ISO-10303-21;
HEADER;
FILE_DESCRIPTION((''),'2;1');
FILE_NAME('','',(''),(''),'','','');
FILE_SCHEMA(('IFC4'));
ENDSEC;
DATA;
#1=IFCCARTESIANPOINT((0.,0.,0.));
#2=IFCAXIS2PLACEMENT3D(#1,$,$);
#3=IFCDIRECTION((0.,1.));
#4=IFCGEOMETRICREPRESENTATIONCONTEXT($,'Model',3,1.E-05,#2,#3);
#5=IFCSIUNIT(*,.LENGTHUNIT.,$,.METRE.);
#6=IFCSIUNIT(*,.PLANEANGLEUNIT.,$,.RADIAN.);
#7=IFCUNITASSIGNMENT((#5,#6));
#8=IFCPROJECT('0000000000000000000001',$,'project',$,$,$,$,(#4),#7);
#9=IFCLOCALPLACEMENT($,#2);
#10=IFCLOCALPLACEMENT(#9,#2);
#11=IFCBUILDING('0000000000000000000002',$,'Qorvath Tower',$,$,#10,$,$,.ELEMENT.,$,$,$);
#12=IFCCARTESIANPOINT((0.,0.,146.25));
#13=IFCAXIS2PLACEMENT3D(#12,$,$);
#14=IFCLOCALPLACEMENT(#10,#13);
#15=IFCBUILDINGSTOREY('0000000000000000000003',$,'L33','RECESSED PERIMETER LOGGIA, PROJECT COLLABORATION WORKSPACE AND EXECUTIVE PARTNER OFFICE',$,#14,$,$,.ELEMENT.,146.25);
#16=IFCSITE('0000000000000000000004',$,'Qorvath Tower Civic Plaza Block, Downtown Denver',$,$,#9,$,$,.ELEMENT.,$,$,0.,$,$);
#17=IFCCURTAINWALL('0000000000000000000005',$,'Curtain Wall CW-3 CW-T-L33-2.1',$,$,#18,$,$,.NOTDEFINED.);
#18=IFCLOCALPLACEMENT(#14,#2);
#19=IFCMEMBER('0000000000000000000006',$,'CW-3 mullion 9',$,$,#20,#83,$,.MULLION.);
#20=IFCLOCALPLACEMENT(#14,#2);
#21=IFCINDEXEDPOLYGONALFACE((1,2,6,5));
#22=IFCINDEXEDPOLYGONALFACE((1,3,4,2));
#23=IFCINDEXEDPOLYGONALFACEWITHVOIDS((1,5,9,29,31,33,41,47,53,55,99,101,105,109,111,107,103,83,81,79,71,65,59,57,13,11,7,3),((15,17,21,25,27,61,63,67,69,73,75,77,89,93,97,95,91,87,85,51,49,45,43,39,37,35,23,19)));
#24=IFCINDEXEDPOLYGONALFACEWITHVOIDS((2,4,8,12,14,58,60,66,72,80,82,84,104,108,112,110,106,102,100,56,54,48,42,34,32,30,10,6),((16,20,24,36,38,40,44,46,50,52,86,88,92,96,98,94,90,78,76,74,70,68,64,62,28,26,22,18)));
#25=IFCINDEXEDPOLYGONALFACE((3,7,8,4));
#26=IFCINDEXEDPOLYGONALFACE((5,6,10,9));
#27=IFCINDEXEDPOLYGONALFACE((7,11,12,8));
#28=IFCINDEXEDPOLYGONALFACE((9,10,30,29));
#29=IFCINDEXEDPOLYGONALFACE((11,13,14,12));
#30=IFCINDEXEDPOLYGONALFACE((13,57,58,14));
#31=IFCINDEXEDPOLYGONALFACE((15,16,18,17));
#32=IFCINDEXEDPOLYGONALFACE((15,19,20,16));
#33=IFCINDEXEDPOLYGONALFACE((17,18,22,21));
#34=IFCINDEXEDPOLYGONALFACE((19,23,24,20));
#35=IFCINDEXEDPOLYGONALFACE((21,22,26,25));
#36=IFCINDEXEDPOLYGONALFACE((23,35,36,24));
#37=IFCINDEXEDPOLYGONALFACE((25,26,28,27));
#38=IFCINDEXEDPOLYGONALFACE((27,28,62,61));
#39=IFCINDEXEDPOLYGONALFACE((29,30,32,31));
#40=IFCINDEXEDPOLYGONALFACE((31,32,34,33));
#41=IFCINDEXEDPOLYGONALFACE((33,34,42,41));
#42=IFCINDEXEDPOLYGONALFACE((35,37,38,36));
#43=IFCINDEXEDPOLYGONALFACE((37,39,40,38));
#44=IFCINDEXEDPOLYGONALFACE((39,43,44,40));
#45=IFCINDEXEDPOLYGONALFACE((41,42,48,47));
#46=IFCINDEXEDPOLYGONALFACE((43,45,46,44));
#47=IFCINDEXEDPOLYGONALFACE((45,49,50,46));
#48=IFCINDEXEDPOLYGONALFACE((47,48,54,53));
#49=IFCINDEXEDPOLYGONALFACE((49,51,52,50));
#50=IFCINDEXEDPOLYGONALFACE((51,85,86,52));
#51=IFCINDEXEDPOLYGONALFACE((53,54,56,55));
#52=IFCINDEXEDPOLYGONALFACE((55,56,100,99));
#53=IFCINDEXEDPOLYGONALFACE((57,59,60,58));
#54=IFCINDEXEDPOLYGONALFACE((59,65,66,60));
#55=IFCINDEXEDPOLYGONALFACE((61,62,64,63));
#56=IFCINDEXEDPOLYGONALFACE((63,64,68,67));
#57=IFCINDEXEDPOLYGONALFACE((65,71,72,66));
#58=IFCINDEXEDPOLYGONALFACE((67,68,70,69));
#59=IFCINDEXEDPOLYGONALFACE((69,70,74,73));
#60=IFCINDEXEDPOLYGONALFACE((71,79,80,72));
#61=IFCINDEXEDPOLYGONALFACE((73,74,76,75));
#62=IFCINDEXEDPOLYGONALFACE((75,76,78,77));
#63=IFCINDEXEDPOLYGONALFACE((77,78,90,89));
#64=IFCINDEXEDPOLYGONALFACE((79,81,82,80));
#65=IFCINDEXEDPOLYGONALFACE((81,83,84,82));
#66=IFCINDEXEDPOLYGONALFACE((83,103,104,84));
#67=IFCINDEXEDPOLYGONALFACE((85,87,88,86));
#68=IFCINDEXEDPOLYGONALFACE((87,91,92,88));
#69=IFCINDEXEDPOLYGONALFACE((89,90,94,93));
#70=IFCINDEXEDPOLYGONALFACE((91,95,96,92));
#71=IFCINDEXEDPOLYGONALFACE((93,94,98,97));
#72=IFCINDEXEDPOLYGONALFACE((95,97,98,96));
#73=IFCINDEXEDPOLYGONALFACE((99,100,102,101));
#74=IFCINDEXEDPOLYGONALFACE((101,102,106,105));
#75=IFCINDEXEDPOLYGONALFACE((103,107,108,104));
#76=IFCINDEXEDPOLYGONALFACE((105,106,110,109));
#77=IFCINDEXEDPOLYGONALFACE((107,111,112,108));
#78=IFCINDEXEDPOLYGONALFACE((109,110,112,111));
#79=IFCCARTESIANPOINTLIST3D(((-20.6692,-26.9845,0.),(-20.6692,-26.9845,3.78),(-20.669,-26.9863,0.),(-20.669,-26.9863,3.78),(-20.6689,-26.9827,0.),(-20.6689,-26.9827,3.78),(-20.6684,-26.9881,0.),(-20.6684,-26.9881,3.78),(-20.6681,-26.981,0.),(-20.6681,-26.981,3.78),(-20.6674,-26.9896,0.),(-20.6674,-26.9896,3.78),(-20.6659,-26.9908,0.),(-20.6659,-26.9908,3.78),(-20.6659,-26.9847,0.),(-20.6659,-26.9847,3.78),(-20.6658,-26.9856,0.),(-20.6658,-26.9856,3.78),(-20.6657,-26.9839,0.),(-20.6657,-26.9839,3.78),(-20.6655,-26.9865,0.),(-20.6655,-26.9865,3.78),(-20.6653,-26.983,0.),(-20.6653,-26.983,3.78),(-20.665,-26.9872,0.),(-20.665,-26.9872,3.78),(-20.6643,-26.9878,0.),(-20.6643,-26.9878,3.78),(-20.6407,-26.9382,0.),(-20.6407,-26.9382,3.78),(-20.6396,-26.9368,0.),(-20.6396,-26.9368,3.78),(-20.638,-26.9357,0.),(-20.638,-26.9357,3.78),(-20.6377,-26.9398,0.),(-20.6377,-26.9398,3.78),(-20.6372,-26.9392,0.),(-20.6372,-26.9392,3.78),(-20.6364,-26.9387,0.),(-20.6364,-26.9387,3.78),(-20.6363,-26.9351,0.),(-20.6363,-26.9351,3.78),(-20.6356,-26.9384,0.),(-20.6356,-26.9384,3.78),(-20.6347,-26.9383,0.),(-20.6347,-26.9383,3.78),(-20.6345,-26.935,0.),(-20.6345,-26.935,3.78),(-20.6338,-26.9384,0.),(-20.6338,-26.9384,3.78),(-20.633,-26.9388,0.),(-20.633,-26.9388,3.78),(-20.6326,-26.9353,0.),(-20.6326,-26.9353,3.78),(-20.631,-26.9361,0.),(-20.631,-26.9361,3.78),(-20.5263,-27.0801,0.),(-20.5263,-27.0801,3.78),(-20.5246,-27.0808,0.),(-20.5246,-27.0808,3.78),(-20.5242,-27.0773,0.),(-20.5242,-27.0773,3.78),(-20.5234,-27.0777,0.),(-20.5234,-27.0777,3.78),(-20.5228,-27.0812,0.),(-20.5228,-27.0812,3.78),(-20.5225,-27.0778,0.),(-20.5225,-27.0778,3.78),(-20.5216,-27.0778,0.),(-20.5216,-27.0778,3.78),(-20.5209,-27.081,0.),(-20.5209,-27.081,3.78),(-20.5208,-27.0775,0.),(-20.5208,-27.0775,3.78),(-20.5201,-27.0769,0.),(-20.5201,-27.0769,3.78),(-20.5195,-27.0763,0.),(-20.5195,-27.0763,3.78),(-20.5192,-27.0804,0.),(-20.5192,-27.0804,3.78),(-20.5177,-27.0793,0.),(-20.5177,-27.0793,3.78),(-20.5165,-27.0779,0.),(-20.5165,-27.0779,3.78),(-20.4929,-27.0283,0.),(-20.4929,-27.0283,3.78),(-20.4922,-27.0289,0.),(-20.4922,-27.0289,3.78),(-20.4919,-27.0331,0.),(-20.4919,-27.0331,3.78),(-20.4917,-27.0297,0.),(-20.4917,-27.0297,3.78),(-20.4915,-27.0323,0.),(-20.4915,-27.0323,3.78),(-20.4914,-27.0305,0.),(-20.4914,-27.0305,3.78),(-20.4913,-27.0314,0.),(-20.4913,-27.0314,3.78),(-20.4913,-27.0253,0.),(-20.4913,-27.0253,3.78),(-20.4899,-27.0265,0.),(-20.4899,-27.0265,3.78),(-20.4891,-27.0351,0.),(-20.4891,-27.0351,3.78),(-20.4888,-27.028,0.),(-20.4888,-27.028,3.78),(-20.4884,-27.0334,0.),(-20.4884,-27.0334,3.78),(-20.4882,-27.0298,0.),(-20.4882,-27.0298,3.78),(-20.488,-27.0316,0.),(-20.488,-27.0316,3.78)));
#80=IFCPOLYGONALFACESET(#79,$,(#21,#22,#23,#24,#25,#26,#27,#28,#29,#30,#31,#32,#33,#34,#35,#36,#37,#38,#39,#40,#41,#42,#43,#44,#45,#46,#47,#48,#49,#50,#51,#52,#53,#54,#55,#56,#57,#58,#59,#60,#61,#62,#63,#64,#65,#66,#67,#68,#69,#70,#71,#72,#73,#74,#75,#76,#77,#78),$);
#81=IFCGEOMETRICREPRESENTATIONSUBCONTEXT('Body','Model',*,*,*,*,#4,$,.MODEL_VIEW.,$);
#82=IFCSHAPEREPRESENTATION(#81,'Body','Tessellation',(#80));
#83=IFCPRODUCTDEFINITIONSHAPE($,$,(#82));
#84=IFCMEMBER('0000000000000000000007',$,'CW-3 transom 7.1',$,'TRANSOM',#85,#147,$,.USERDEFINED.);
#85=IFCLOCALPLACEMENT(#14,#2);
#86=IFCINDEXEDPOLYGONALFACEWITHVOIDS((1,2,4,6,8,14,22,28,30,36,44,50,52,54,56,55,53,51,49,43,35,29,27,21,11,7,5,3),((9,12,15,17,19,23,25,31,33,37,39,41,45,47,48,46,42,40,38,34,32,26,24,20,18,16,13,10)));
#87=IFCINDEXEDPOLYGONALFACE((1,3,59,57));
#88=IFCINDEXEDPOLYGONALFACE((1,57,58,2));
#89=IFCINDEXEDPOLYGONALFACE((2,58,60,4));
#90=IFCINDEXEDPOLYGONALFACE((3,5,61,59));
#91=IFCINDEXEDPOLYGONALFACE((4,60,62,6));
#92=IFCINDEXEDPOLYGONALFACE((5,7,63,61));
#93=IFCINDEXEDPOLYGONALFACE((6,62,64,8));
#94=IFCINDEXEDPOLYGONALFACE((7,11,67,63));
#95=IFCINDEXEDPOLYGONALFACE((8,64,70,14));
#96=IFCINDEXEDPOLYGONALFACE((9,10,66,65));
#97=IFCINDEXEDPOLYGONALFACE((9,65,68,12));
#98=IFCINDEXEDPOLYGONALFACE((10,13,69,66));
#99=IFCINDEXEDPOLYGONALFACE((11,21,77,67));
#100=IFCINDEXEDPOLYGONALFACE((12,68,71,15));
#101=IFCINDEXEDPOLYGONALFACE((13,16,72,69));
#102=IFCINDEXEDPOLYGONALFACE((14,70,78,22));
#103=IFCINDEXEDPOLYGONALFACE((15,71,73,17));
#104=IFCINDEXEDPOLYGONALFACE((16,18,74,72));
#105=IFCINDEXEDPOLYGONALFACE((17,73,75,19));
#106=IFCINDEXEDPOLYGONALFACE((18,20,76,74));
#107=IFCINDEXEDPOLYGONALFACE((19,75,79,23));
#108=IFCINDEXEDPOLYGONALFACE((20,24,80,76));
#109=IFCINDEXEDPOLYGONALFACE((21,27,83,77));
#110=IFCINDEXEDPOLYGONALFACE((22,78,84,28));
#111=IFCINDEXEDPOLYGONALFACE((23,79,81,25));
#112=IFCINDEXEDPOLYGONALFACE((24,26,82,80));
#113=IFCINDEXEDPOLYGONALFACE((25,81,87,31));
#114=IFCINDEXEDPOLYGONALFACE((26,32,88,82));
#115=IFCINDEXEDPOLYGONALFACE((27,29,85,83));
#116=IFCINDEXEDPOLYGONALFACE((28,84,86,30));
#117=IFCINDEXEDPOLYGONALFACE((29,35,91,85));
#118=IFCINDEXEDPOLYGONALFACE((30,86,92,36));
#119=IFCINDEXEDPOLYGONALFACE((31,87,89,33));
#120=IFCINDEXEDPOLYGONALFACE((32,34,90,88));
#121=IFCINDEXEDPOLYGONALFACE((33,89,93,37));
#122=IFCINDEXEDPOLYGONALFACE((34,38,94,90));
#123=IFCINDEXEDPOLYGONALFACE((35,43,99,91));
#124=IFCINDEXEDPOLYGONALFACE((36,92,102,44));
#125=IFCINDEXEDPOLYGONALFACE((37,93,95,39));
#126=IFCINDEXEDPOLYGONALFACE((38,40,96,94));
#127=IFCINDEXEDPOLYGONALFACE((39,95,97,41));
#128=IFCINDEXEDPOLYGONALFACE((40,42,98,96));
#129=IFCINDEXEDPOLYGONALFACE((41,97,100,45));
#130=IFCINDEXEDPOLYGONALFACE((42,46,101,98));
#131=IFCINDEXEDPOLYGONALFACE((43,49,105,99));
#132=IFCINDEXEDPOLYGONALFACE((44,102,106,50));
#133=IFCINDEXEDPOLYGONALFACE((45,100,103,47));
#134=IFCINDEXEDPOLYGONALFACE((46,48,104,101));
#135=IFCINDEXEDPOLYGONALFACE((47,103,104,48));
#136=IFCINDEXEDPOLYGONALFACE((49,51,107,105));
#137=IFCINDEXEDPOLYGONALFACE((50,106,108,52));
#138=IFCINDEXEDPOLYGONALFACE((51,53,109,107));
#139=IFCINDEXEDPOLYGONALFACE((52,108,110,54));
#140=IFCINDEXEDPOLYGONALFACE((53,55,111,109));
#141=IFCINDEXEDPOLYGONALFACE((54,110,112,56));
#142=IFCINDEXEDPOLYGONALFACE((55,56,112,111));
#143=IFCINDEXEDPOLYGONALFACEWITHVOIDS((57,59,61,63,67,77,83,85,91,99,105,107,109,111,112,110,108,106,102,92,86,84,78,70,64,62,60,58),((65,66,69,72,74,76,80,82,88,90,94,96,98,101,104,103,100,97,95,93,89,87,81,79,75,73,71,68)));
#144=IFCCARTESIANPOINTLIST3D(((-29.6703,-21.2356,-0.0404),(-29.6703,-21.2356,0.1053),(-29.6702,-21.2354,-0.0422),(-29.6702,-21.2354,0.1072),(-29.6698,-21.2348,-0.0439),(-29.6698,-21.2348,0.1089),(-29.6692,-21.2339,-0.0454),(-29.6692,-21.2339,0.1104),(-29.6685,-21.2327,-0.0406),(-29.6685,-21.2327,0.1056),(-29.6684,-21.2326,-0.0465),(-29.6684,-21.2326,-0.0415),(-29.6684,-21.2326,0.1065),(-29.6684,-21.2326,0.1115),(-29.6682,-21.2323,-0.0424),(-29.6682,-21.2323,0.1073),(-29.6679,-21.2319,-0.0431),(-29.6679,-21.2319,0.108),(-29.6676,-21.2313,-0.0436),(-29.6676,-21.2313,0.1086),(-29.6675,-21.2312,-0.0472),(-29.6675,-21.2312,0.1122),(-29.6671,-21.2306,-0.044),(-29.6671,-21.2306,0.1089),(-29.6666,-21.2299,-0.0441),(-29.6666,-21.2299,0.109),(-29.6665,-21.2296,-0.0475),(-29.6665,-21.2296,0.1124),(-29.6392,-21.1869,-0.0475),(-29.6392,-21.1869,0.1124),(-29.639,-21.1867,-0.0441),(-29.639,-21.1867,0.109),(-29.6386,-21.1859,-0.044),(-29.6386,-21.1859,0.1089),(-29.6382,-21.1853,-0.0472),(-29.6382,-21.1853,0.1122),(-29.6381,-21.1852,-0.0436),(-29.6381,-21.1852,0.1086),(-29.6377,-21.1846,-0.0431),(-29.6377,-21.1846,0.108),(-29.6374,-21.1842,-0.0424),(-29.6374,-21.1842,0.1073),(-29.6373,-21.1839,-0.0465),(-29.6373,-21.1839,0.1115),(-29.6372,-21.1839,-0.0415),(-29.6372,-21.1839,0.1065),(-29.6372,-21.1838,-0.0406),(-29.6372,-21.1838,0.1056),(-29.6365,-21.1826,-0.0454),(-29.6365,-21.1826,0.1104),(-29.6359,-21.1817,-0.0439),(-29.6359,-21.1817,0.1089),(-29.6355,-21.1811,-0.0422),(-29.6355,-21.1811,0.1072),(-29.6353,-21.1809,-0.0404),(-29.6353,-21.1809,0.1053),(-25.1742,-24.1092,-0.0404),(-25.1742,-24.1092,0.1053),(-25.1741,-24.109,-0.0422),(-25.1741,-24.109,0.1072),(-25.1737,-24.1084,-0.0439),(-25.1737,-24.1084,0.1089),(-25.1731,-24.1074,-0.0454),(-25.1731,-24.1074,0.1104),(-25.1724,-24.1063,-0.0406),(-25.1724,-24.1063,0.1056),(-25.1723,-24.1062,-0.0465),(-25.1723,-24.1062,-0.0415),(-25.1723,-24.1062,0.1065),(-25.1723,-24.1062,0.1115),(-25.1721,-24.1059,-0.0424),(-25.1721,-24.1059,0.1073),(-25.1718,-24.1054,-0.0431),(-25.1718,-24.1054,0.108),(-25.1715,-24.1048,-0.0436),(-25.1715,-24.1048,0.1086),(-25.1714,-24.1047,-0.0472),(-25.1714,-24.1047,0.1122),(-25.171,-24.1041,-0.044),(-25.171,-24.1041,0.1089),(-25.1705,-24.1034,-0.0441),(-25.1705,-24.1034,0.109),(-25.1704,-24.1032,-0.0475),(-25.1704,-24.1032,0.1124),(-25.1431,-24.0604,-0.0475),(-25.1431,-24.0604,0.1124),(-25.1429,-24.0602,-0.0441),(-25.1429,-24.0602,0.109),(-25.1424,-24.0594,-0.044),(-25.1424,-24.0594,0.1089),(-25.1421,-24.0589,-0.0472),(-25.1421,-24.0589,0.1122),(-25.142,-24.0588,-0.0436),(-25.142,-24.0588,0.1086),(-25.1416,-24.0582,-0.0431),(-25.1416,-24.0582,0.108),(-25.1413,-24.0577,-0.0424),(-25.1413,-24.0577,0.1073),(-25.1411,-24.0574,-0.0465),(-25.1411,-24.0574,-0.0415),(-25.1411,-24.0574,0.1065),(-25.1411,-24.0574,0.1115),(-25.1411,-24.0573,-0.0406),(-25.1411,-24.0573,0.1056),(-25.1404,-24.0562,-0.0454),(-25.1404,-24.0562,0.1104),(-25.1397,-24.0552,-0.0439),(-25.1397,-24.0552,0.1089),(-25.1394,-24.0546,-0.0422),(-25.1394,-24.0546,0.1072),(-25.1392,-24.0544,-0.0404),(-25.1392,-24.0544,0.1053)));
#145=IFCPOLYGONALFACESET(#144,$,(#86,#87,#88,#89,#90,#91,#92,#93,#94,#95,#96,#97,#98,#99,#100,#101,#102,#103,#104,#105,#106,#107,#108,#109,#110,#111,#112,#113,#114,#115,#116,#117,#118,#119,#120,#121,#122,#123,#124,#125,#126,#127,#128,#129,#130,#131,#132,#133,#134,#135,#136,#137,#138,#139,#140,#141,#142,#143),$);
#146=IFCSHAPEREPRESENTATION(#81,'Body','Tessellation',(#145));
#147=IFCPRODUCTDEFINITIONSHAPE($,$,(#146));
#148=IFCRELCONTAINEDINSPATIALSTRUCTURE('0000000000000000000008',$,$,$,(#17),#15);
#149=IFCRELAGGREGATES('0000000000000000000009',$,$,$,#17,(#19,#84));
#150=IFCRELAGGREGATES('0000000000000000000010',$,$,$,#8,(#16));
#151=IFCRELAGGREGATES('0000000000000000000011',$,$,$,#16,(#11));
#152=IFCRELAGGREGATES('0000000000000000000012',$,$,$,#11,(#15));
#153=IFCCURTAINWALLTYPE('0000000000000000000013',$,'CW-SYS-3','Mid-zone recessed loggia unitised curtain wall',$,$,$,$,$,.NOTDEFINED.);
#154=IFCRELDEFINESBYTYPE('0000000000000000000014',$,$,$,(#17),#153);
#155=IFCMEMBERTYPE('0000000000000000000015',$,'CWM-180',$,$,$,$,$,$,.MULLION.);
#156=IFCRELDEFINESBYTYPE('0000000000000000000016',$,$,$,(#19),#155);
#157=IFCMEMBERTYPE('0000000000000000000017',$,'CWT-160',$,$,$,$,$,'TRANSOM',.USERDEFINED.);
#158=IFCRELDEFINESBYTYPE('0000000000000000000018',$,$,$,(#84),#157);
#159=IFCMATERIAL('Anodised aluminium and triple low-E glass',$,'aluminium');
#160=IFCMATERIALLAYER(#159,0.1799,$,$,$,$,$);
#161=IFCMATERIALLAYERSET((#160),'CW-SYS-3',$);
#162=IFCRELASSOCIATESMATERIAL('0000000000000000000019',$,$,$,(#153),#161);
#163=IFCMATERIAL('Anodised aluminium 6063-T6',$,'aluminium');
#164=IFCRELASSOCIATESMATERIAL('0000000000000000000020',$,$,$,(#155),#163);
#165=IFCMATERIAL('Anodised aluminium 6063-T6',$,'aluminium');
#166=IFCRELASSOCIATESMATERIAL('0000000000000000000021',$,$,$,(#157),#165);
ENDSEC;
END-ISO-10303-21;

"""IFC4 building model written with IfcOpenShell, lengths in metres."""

from ifc_helpers import new_model, si_unit, direction, frame, origin, origin_2d, place, context, subcontext, project, spatial, hollow_rectangle, extrude, material, layer, layer_set, material_profile, profile_set, type_object, element, aggregate, save


model = new_model("IFC4")

# Units and contexts
model_context = context("Model", 3, precision=1e-05, world=origin(), true_north=direction((0.0, 1.0)))
body_context = subcontext(model_context, "Body", "Model", "MODEL_VIEW")
ifc_project = project(units=[si_unit("LENGTHUNIT", "METRE"), si_unit("PLANEANGLEUNIT", "RADIAN")], contexts=[model_context])

# Site, building, storey
site_placement = place(None, origin())
site = spatial("IfcSite", under=ifc_project, at=site_placement, Name="Qorvath Tower Civic Plaza Block, Downtown Denver", CompositionType="ELEMENT", RefElevation=0.0)
building_placement = place(site_placement, origin())
building = spatial("IfcBuilding", under=site, at=building_placement, Name="Qorvath Tower", CompositionType="ELEMENT")
storey_placement = place(building_placement, frame((0.0, 0.0, 146.25)))
storey = spatial("IfcBuildingStorey", under=building, at=storey_placement, Name="L33", Description="RECESSED PERIMETER LOGGIA, PROJECT COLLABORATION WORKSPACE AND EXECUTIVE PARTNER OFFICE", CompositionType="ELEMENT", Elevation=146.25)

# Curtain wall, members
ifc_material_1 = material(Name="Anodised aluminium and triple low-E glass", Category="aluminium")
ifc_layer_1 = layer(ifc_material_1, 0.1799)
ifc_layer_set_1 = layer_set([ifc_layer_1], Name="CW-SYS-3")
curtain_wall_type = type_object("IfcCurtainWallType", Name="CW-SYS-3", Description="Mid-zone recessed loggia unitised curtain wall", PredefinedType="NOTDEFINED", material=ifc_layer_set_1)
curtain_wall_placement = place(storey_placement, origin())
curtain_wall = element("IfcCurtainWall", 1, at=curtain_wall_placement, inside=storey, type_object=curtain_wall_type, Name="Curtain Wall CW-3 CW-T-L33-2.1", PredefinedType="NOTDEFINED")
ifc_material_2 = material(Name="Anodised aluminium 6063-T6", Category="aluminium")
ifc_material_profile_1 = material_profile(ifc_material_2, hollow_rectangle(XDim=0.0649, YDim=0.1799, WallThickness=0.0034, InnerFilletRadius=0.0034, OuterFilletRadius=0.0071, at=origin_2d()), Name="CWM 180x65")
ifc_profile_set_1 = profile_set([ifc_material_profile_1], Name="Anodised aluminium 6063-T6")
member_type_1 = type_object("IfcMemberType", Name="CWM-180", PredefinedType="MULLION", material=ifc_profile_set_1)
member_1_placement = place(storey_placement, frame((-20.5786, -27.0081, 0.0), z_axis=(0.0, 0.0, 1.0), x_axis=(0.538533, 0.842604, 0.0)))
member_1 = element("IfcMember", 2, at=member_1_placement, type_object=member_type_1, Name="CW-3 mullion 9", PredefinedType="MULLION", context=body_context, shape_type="SweptSolid", body=[
    extrude(hollow_rectangle(XDim=0.0649, YDim=0.1799, WallThickness=0.0034, InnerFilletRadius=0.0034, OuterFilletRadius=0.0071, at=origin_2d()), origin(), (0.0, 0.0, 1.0), 3.78),
])
ifc_material_3 = material(Name="Anodised aluminium 6063-T6", Category="aluminium")
ifc_material_profile_2 = material_profile(ifc_material_3, hollow_rectangle(XDim=0.0649, YDim=0.1599, WallThickness=0.0034, InnerFilletRadius=0.0034, OuterFilletRadius=0.0071, at=origin_2d()), Name="CWT 160x65")
ifc_profile_set_2 = profile_set([ifc_material_profile_2], Name="Anodised aluminium 6063-T6")
member_type_2 = type_object("IfcMemberType", Name="CWT-160", ElementType="TRANSOM", PredefinedType="USERDEFINED", material=ifc_profile_set_2)
member_2_placement = place(storey_placement, frame((-29.6528, -21.2083, 0.0325), z_axis=(0.842609, -0.538526, 0.0), x_axis=(0.538526, 0.842609, 0.0)))
member_2 = element("IfcMember", 3, at=member_2_placement, type_object=member_type_2, Name="CW-3 transom 7.1", ObjectType="TRANSOM", PredefinedType="USERDEFINED", context=body_context, shape_type="SweptSolid", body=[
    extrude(hollow_rectangle(XDim=0.0649, YDim=0.1599, WallThickness=0.0034, InnerFilletRadius=0.0034, OuterFilletRadius=0.0071, at=origin_2d()), origin(), (0.0, 0.0, 1.0), 5.3359),
])
aggregate(curtain_wall, [member_1, member_2])

save(model, "model.ifc")
